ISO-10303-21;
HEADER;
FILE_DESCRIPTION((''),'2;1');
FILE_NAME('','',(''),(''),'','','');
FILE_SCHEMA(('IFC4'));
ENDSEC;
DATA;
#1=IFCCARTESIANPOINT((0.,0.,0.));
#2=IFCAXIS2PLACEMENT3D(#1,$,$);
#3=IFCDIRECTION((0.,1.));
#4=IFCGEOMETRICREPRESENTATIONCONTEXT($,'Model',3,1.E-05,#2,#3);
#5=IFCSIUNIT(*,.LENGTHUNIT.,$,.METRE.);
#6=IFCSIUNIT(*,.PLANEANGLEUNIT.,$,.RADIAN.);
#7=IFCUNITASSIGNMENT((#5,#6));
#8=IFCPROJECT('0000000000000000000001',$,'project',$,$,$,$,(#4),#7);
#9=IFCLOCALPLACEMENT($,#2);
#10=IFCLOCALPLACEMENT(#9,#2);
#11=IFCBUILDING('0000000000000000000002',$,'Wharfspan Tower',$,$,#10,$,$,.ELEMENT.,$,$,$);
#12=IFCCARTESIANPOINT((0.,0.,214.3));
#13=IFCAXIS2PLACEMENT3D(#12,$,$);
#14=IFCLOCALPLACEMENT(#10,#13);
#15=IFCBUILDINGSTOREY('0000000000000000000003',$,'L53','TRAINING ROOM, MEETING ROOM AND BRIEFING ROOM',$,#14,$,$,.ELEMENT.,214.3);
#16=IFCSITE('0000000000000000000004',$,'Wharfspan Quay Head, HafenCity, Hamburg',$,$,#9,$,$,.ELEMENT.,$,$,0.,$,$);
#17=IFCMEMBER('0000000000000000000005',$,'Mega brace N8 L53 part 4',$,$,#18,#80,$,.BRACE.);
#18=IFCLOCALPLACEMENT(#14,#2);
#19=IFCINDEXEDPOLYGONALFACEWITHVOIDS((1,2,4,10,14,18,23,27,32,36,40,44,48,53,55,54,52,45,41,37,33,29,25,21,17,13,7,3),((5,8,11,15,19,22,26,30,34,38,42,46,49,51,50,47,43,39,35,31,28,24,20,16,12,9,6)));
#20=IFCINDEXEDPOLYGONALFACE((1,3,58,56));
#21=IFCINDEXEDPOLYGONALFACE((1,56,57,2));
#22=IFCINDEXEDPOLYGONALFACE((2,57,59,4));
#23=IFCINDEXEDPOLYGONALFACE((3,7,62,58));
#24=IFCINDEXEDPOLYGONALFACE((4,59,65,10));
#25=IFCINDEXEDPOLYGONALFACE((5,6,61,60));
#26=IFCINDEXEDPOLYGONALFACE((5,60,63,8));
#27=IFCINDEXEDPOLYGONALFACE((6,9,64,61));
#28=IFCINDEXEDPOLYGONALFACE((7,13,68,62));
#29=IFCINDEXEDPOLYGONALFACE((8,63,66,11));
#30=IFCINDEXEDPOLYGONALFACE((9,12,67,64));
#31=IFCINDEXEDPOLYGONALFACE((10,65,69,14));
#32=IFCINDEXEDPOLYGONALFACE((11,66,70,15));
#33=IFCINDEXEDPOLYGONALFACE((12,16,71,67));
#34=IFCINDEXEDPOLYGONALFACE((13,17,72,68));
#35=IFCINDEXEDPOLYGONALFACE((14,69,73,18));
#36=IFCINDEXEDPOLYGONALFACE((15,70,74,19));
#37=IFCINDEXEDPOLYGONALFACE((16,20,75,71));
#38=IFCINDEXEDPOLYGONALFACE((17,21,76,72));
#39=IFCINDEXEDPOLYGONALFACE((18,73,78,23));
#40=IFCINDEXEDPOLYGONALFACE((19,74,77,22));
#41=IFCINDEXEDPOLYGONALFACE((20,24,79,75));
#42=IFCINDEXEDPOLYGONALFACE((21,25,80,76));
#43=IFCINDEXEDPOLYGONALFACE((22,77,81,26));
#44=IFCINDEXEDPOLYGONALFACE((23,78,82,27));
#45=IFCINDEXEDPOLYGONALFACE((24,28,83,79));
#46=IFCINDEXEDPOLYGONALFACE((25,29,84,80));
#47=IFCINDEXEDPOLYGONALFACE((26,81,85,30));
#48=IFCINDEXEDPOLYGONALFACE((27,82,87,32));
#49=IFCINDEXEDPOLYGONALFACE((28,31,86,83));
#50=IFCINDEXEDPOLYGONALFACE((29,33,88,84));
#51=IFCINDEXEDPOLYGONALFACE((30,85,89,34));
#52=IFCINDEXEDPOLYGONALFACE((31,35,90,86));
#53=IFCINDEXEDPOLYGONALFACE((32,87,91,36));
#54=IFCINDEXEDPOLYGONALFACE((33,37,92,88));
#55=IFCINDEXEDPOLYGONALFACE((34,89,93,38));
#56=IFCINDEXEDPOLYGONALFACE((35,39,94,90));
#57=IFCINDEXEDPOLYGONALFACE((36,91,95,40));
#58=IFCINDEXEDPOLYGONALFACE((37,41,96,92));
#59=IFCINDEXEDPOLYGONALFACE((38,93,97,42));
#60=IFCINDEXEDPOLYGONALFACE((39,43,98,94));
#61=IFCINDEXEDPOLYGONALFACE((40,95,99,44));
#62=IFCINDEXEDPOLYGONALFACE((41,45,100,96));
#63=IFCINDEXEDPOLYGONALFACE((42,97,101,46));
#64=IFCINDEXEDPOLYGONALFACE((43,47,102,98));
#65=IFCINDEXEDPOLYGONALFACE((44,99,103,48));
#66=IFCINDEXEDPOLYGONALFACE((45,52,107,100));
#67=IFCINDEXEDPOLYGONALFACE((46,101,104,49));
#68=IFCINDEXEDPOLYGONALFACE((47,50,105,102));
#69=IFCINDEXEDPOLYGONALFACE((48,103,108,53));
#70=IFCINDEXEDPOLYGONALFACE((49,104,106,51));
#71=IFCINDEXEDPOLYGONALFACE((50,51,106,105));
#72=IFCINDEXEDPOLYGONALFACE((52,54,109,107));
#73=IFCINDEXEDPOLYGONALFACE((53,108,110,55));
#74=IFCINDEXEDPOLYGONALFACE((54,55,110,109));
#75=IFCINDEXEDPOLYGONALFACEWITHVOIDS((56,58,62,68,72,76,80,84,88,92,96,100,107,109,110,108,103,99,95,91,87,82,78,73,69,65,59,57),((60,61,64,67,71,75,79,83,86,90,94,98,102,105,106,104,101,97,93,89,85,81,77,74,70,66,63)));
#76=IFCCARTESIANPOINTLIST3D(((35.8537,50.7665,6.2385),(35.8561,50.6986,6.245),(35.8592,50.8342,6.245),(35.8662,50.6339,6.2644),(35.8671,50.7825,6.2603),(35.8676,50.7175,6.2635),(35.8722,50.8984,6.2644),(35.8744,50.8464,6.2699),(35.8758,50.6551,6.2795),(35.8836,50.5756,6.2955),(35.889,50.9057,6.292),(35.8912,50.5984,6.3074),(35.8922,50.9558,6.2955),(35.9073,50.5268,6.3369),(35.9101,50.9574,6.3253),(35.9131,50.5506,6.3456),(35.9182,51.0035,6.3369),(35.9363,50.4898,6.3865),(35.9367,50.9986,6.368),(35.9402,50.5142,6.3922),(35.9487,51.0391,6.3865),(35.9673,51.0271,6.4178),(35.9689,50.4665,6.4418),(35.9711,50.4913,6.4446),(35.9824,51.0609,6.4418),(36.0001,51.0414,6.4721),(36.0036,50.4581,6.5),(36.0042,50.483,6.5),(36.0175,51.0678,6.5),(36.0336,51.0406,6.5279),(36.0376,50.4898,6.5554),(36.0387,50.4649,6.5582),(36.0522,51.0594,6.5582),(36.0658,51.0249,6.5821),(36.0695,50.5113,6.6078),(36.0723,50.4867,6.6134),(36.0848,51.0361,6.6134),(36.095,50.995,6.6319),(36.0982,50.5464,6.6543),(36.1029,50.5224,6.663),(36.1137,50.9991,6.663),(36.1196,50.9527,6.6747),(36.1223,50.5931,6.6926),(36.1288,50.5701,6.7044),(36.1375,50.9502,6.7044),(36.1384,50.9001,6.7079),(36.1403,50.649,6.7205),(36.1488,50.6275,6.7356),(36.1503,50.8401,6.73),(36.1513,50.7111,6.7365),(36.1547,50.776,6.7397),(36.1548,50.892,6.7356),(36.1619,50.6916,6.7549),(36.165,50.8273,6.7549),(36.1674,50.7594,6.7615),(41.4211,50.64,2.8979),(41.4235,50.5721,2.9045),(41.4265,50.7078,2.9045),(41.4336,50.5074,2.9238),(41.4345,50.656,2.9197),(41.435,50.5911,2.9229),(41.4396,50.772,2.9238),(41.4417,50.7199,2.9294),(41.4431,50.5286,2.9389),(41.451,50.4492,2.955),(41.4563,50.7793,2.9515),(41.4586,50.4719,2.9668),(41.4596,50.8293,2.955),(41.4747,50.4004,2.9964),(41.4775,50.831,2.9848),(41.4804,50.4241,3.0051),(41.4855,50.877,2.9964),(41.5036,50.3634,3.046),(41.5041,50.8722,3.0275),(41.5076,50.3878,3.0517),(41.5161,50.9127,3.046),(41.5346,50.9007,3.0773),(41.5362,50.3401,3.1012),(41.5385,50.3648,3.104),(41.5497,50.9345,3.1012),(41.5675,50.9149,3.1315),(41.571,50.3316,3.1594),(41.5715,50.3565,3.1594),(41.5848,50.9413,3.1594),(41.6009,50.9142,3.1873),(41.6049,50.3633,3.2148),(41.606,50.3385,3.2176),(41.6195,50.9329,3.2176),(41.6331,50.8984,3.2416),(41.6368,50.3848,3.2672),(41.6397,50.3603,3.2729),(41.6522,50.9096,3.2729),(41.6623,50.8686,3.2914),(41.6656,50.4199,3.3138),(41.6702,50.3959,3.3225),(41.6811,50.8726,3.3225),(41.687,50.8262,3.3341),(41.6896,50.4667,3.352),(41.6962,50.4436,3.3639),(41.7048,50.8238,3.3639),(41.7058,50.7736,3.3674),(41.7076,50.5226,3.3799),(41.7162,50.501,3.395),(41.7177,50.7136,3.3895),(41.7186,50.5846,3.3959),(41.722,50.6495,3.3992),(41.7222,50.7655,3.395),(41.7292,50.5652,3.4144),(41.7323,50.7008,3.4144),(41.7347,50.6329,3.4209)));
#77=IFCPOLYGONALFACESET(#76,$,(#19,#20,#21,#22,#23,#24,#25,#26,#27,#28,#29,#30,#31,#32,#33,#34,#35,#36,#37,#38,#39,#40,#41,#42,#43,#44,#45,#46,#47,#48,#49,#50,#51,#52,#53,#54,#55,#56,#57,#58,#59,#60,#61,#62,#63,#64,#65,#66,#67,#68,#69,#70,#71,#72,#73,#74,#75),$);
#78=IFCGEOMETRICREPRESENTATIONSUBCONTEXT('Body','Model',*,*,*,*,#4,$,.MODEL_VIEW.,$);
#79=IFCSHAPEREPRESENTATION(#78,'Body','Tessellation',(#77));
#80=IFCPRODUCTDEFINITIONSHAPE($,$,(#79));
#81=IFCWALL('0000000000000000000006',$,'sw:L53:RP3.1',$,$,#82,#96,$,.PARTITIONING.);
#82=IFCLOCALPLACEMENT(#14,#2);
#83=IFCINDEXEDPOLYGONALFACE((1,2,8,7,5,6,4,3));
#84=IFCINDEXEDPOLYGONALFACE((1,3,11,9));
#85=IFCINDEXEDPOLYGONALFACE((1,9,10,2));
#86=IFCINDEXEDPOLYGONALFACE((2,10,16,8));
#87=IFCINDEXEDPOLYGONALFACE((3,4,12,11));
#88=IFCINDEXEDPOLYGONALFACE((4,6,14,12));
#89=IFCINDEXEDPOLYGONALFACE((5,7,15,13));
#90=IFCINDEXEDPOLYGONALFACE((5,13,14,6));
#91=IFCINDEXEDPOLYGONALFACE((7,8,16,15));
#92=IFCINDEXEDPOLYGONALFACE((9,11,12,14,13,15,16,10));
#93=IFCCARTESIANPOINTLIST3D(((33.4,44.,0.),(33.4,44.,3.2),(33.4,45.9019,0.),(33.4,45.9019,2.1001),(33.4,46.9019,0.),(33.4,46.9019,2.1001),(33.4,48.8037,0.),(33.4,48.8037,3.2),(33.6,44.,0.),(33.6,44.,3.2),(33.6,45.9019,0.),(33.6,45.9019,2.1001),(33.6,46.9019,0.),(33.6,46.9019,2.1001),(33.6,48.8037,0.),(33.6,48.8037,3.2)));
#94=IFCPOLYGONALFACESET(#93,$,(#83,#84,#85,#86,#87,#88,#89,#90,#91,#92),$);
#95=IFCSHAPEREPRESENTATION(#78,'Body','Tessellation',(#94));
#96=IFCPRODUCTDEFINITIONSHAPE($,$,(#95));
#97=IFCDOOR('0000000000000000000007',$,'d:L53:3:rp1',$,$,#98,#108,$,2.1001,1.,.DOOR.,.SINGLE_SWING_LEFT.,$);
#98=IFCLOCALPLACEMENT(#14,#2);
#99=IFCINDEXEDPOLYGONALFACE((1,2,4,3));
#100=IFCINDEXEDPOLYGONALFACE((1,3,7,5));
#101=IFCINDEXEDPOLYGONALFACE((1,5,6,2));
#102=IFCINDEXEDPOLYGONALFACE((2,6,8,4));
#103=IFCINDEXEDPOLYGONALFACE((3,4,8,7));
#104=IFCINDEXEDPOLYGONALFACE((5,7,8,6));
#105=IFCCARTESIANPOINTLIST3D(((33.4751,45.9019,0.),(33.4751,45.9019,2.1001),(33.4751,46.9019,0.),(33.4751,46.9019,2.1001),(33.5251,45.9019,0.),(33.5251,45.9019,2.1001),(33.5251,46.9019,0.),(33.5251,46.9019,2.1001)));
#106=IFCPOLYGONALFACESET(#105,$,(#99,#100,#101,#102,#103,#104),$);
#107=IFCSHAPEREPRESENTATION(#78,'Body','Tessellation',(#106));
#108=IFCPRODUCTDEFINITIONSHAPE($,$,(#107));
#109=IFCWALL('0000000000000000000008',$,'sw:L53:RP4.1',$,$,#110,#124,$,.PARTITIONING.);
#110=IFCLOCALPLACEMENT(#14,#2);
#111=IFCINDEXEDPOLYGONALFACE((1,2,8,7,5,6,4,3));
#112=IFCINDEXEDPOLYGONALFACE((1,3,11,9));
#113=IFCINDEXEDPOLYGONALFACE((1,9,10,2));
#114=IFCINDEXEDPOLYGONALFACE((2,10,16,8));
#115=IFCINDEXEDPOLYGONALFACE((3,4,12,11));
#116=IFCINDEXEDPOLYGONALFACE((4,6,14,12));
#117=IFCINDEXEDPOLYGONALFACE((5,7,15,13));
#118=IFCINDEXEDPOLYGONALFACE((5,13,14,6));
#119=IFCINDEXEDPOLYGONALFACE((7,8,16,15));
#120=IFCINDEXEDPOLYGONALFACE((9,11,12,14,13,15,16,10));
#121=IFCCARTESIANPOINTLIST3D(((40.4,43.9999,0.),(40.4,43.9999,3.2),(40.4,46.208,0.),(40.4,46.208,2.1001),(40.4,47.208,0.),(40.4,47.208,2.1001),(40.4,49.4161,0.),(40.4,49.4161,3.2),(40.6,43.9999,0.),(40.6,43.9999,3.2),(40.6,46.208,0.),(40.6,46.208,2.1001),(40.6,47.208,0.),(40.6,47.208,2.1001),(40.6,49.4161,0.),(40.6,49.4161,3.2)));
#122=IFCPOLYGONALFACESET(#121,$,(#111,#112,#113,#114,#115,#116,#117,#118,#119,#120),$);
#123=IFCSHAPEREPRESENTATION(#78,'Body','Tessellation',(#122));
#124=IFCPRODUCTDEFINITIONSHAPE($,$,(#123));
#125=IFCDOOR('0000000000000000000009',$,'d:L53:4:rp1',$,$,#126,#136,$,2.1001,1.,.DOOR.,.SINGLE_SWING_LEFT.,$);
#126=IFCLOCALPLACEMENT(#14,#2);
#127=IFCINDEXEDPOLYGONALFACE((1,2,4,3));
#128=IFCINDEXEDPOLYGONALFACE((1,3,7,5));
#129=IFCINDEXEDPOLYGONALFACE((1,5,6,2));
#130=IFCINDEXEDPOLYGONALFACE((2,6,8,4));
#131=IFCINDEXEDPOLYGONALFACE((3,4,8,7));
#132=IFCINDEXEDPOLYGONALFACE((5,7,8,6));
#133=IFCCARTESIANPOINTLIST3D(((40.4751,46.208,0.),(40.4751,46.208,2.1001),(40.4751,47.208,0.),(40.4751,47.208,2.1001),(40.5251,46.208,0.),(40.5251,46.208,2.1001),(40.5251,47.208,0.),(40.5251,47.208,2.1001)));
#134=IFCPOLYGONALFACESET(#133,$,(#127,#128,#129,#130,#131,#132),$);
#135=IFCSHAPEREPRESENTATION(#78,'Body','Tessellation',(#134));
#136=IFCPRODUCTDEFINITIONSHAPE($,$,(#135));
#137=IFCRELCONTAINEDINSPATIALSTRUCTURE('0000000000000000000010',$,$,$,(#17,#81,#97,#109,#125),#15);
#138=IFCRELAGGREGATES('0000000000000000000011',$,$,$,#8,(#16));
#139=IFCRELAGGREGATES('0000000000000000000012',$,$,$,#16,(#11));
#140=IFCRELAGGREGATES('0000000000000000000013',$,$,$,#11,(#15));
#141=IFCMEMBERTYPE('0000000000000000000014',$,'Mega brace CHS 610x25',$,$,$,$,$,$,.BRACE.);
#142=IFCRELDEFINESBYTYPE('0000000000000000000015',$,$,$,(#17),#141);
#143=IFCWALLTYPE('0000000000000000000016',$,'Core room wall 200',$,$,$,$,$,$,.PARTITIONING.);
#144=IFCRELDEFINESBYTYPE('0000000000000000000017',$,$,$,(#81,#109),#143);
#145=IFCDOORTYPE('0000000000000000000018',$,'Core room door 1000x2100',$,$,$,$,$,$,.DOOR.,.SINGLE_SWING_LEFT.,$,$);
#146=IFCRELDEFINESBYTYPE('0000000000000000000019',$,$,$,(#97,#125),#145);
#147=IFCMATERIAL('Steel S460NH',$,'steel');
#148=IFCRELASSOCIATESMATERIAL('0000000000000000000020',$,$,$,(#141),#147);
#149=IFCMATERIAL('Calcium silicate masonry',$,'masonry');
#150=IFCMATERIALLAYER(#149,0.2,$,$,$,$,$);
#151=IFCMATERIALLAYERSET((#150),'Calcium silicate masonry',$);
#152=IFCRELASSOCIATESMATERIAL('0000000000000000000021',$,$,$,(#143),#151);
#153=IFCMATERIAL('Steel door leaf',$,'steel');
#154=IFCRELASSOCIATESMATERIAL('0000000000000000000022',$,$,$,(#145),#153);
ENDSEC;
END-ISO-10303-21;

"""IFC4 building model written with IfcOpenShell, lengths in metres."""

from ifc_helpers import new_model, si_unit, direction, frame, frame_2d, origin, origin_2d, place, context, subcontext, project, spatial, rectangle, hollow_circle, extrude, material, layer, layer_set, material_profile, profile_set, type_object, element, fill, save


model = new_model("IFC4")

# Units and contexts
model_context = context("Model", 3, precision=1e-05, world=origin(), true_north=direction((0.0, 1.0)))
body_context = subcontext(model_context, "Body", "Model", "MODEL_VIEW")
ifc_project = project(units=[si_unit("LENGTHUNIT", "METRE"), si_unit("PLANEANGLEUNIT", "RADIAN")], contexts=[model_context])

# Site, building, storey
site_placement = place(None, origin())
site = spatial("IfcSite", under=ifc_project, at=site_placement, Name="Wharfspan Quay Head, HafenCity, Hamburg", CompositionType="ELEMENT", RefElevation=0.0)
building_placement = place(site_placement, origin())
building = spatial("IfcBuilding", under=site, at=building_placement, Name="Wharfspan Tower", CompositionType="ELEMENT")
storey_placement = place(building_placement, frame((0.0, 0.0, 214.3)))
storey = spatial("IfcBuildingStorey", under=building, at=storey_placement, Name="L53", Description="TRAINING ROOM, MEETING ROOM AND BRIEFING ROOM", CompositionType="ELEMENT", Elevation=214.3)

# Shared definitions
ifc_material_1 = material(Name="Steel S460NH", Category="steel")

# Member
ifc_material_profile_1 = material_profile(ifc_material_1, hollow_circle(Radius=0.3049, WallThickness=0.0249, at=origin_2d()))
ifc_profile_set_1 = profile_set([ifc_material_profile_1], Name="Steel S460NH")
member_type_1 = type_object("IfcMemberType", Name="Mega brace CHS 610x25", PredefinedType="BRACE", material=ifc_profile_set_1)
member_1_placement = place(storey_placement, frame((41.5779, 50.6365, 3.1594), z_axis=(-0.85732, 0.019474, 0.514415), x_axis=(-0.022708, -0.999746, 0.000002)))
element("IfcMember", 1, at=member_1_placement, inside=storey, type_object=member_type_1, Name="Mega brace N8 L53 part 4", PredefinedType="BRACE", context=body_context, shape_type="SweptSolid", body=[
    extrude(hollow_circle(Radius=0.3049, WallThickness=0.0249, at=origin_2d()), origin(), (0.0, 0.0, 1.0), 6.4939),
])

# Walls, openings, doors
ifc_material_2 = material(Name="Calcium silicate masonry", Category="masonry")
ifc_layer_1 = layer(ifc_material_2, 0.2)
ifc_layer_set_1 = layer_set([ifc_layer_1], Name="Calcium silicate masonry")
wall_type_1 = type_object("IfcWallType", Name="Core room wall 200", PredefinedType="PARTITIONING", material=ifc_layer_set_1)
wall_1_placement = place(storey_placement, frame((33.5, 44.0, 0.0), z_axis=(0.0, 0.0, 1.0), x_axis=(0.0, 1.0, 0.0)))
wall_1 = element("IfcWall", 2, at=wall_1_placement, inside=storey, type_object=wall_type_1, Name="sw:L53:RP3.1", PredefinedType="PARTITIONING", context=body_context, shape_type="SweptSolid", body=[
    extrude(rectangle(XDim=4.8037, YDim=0.2, at=frame_2d((2.4019, 0.0))), origin(), (0.0, 0.0, 1.0), 3.2),
])
opening_1_placement = place(wall_1_placement, frame((1.9019, 0.0, 0.0)))
opening_1 = element("IfcOpeningElement", 3, at=opening_1_placement, cuts=wall_1, PredefinedType="OPENING", context=body_context, shape_type="SweptSolid", body=[
    extrude(rectangle(XDim=1.0, YDim=2.1001, at=frame_2d((0.5, 1.05))), frame((0.0, 0.1099, 0.0), z_axis=(0.0, -1.0, 0.0), x_axis=(1.0, 0.0, 0.0)), (0.0, 0.0, 1.0), 0.22),
])
ifc_material_3 = material(Name="Steel door leaf", Category="steel")
door_type_1 = type_object("IfcDoorType", Name="Core room door 1000x2100", OperationType="SINGLE_SWING_LEFT", PredefinedType="DOOR", material=ifc_material_3)
door_1_placement = place(opening_1_placement, origin())
door_1 = element("IfcDoor", 4, at=door_1_placement, inside=storey, type_object=door_type_1, Name="d:L53:3:rp1", OperationType="SINGLE_SWING_LEFT", OverallHeight=2.1001, OverallWidth=1.0, PredefinedType="DOOR", context=body_context, shape_type="SweptSolid", body=[
    extrude(rectangle(XDim=1.0, YDim=2.1001, at=frame_2d((0.5, 1.05))), frame((0.0, 0.0249, 0.0), z_axis=(0.0, -1.0, 0.0), x_axis=(1.0, 0.0, 0.0)), (0.0, 0.0, 1.0), 0.05),
])
fill(opening_1, door_1)
wall_2_placement = place(storey_placement, frame((40.5, 44.0, 0.0), z_axis=(0.0, 0.0, 1.0), x_axis=(0.0, 1.0, 0.0)))
wall_2 = element("IfcWall", 5, at=wall_2_placement, inside=storey, type_object=wall_type_1, Name="sw:L53:RP4.1", PredefinedType="PARTITIONING", context=body_context, shape_type="SweptSolid", body=[
    extrude(rectangle(XDim=5.4163, YDim=0.2, at=frame_2d((2.708, 0.0))), origin(), (0.0, 0.0, 1.0), 3.2),
])
opening_2_placement = place(wall_2_placement, frame((2.208, 0.0, 0.0)))
opening_2 = element("IfcOpeningElement", 6, at=opening_2_placement, cuts=wall_2, PredefinedType="OPENING", context=body_context, shape_type="SweptSolid", body=[
    extrude(rectangle(XDim=1.0, YDim=2.1001, at=frame_2d((0.5, 1.05))), frame((0.0, 0.1099, 0.0), z_axis=(0.0, -1.0, 0.0), x_axis=(1.0, 0.0, 0.0)), (0.0, 0.0, 1.0), 0.22),
])
door_2_placement = place(opening_2_placement, origin())
door_2 = element("IfcDoor", 7, at=door_2_placement, inside=storey, type_object=door_type_1, Name="d:L53:4:rp1", OperationType="SINGLE_SWING_LEFT", OverallHeight=2.1001, OverallWidth=1.0, PredefinedType="DOOR", context=body_context, shape_type="SweptSolid", body=[
    extrude(rectangle(XDim=1.0, YDim=2.1001, at=frame_2d((0.5, 1.05))), frame((0.0, 0.0249, 0.0), z_axis=(0.0, -1.0, 0.0), x_axis=(1.0, 0.0, 0.0)), (0.0, 0.0, 1.0), 0.05),
])
fill(opening_2, door_2)

save(model, "model.ifc")
